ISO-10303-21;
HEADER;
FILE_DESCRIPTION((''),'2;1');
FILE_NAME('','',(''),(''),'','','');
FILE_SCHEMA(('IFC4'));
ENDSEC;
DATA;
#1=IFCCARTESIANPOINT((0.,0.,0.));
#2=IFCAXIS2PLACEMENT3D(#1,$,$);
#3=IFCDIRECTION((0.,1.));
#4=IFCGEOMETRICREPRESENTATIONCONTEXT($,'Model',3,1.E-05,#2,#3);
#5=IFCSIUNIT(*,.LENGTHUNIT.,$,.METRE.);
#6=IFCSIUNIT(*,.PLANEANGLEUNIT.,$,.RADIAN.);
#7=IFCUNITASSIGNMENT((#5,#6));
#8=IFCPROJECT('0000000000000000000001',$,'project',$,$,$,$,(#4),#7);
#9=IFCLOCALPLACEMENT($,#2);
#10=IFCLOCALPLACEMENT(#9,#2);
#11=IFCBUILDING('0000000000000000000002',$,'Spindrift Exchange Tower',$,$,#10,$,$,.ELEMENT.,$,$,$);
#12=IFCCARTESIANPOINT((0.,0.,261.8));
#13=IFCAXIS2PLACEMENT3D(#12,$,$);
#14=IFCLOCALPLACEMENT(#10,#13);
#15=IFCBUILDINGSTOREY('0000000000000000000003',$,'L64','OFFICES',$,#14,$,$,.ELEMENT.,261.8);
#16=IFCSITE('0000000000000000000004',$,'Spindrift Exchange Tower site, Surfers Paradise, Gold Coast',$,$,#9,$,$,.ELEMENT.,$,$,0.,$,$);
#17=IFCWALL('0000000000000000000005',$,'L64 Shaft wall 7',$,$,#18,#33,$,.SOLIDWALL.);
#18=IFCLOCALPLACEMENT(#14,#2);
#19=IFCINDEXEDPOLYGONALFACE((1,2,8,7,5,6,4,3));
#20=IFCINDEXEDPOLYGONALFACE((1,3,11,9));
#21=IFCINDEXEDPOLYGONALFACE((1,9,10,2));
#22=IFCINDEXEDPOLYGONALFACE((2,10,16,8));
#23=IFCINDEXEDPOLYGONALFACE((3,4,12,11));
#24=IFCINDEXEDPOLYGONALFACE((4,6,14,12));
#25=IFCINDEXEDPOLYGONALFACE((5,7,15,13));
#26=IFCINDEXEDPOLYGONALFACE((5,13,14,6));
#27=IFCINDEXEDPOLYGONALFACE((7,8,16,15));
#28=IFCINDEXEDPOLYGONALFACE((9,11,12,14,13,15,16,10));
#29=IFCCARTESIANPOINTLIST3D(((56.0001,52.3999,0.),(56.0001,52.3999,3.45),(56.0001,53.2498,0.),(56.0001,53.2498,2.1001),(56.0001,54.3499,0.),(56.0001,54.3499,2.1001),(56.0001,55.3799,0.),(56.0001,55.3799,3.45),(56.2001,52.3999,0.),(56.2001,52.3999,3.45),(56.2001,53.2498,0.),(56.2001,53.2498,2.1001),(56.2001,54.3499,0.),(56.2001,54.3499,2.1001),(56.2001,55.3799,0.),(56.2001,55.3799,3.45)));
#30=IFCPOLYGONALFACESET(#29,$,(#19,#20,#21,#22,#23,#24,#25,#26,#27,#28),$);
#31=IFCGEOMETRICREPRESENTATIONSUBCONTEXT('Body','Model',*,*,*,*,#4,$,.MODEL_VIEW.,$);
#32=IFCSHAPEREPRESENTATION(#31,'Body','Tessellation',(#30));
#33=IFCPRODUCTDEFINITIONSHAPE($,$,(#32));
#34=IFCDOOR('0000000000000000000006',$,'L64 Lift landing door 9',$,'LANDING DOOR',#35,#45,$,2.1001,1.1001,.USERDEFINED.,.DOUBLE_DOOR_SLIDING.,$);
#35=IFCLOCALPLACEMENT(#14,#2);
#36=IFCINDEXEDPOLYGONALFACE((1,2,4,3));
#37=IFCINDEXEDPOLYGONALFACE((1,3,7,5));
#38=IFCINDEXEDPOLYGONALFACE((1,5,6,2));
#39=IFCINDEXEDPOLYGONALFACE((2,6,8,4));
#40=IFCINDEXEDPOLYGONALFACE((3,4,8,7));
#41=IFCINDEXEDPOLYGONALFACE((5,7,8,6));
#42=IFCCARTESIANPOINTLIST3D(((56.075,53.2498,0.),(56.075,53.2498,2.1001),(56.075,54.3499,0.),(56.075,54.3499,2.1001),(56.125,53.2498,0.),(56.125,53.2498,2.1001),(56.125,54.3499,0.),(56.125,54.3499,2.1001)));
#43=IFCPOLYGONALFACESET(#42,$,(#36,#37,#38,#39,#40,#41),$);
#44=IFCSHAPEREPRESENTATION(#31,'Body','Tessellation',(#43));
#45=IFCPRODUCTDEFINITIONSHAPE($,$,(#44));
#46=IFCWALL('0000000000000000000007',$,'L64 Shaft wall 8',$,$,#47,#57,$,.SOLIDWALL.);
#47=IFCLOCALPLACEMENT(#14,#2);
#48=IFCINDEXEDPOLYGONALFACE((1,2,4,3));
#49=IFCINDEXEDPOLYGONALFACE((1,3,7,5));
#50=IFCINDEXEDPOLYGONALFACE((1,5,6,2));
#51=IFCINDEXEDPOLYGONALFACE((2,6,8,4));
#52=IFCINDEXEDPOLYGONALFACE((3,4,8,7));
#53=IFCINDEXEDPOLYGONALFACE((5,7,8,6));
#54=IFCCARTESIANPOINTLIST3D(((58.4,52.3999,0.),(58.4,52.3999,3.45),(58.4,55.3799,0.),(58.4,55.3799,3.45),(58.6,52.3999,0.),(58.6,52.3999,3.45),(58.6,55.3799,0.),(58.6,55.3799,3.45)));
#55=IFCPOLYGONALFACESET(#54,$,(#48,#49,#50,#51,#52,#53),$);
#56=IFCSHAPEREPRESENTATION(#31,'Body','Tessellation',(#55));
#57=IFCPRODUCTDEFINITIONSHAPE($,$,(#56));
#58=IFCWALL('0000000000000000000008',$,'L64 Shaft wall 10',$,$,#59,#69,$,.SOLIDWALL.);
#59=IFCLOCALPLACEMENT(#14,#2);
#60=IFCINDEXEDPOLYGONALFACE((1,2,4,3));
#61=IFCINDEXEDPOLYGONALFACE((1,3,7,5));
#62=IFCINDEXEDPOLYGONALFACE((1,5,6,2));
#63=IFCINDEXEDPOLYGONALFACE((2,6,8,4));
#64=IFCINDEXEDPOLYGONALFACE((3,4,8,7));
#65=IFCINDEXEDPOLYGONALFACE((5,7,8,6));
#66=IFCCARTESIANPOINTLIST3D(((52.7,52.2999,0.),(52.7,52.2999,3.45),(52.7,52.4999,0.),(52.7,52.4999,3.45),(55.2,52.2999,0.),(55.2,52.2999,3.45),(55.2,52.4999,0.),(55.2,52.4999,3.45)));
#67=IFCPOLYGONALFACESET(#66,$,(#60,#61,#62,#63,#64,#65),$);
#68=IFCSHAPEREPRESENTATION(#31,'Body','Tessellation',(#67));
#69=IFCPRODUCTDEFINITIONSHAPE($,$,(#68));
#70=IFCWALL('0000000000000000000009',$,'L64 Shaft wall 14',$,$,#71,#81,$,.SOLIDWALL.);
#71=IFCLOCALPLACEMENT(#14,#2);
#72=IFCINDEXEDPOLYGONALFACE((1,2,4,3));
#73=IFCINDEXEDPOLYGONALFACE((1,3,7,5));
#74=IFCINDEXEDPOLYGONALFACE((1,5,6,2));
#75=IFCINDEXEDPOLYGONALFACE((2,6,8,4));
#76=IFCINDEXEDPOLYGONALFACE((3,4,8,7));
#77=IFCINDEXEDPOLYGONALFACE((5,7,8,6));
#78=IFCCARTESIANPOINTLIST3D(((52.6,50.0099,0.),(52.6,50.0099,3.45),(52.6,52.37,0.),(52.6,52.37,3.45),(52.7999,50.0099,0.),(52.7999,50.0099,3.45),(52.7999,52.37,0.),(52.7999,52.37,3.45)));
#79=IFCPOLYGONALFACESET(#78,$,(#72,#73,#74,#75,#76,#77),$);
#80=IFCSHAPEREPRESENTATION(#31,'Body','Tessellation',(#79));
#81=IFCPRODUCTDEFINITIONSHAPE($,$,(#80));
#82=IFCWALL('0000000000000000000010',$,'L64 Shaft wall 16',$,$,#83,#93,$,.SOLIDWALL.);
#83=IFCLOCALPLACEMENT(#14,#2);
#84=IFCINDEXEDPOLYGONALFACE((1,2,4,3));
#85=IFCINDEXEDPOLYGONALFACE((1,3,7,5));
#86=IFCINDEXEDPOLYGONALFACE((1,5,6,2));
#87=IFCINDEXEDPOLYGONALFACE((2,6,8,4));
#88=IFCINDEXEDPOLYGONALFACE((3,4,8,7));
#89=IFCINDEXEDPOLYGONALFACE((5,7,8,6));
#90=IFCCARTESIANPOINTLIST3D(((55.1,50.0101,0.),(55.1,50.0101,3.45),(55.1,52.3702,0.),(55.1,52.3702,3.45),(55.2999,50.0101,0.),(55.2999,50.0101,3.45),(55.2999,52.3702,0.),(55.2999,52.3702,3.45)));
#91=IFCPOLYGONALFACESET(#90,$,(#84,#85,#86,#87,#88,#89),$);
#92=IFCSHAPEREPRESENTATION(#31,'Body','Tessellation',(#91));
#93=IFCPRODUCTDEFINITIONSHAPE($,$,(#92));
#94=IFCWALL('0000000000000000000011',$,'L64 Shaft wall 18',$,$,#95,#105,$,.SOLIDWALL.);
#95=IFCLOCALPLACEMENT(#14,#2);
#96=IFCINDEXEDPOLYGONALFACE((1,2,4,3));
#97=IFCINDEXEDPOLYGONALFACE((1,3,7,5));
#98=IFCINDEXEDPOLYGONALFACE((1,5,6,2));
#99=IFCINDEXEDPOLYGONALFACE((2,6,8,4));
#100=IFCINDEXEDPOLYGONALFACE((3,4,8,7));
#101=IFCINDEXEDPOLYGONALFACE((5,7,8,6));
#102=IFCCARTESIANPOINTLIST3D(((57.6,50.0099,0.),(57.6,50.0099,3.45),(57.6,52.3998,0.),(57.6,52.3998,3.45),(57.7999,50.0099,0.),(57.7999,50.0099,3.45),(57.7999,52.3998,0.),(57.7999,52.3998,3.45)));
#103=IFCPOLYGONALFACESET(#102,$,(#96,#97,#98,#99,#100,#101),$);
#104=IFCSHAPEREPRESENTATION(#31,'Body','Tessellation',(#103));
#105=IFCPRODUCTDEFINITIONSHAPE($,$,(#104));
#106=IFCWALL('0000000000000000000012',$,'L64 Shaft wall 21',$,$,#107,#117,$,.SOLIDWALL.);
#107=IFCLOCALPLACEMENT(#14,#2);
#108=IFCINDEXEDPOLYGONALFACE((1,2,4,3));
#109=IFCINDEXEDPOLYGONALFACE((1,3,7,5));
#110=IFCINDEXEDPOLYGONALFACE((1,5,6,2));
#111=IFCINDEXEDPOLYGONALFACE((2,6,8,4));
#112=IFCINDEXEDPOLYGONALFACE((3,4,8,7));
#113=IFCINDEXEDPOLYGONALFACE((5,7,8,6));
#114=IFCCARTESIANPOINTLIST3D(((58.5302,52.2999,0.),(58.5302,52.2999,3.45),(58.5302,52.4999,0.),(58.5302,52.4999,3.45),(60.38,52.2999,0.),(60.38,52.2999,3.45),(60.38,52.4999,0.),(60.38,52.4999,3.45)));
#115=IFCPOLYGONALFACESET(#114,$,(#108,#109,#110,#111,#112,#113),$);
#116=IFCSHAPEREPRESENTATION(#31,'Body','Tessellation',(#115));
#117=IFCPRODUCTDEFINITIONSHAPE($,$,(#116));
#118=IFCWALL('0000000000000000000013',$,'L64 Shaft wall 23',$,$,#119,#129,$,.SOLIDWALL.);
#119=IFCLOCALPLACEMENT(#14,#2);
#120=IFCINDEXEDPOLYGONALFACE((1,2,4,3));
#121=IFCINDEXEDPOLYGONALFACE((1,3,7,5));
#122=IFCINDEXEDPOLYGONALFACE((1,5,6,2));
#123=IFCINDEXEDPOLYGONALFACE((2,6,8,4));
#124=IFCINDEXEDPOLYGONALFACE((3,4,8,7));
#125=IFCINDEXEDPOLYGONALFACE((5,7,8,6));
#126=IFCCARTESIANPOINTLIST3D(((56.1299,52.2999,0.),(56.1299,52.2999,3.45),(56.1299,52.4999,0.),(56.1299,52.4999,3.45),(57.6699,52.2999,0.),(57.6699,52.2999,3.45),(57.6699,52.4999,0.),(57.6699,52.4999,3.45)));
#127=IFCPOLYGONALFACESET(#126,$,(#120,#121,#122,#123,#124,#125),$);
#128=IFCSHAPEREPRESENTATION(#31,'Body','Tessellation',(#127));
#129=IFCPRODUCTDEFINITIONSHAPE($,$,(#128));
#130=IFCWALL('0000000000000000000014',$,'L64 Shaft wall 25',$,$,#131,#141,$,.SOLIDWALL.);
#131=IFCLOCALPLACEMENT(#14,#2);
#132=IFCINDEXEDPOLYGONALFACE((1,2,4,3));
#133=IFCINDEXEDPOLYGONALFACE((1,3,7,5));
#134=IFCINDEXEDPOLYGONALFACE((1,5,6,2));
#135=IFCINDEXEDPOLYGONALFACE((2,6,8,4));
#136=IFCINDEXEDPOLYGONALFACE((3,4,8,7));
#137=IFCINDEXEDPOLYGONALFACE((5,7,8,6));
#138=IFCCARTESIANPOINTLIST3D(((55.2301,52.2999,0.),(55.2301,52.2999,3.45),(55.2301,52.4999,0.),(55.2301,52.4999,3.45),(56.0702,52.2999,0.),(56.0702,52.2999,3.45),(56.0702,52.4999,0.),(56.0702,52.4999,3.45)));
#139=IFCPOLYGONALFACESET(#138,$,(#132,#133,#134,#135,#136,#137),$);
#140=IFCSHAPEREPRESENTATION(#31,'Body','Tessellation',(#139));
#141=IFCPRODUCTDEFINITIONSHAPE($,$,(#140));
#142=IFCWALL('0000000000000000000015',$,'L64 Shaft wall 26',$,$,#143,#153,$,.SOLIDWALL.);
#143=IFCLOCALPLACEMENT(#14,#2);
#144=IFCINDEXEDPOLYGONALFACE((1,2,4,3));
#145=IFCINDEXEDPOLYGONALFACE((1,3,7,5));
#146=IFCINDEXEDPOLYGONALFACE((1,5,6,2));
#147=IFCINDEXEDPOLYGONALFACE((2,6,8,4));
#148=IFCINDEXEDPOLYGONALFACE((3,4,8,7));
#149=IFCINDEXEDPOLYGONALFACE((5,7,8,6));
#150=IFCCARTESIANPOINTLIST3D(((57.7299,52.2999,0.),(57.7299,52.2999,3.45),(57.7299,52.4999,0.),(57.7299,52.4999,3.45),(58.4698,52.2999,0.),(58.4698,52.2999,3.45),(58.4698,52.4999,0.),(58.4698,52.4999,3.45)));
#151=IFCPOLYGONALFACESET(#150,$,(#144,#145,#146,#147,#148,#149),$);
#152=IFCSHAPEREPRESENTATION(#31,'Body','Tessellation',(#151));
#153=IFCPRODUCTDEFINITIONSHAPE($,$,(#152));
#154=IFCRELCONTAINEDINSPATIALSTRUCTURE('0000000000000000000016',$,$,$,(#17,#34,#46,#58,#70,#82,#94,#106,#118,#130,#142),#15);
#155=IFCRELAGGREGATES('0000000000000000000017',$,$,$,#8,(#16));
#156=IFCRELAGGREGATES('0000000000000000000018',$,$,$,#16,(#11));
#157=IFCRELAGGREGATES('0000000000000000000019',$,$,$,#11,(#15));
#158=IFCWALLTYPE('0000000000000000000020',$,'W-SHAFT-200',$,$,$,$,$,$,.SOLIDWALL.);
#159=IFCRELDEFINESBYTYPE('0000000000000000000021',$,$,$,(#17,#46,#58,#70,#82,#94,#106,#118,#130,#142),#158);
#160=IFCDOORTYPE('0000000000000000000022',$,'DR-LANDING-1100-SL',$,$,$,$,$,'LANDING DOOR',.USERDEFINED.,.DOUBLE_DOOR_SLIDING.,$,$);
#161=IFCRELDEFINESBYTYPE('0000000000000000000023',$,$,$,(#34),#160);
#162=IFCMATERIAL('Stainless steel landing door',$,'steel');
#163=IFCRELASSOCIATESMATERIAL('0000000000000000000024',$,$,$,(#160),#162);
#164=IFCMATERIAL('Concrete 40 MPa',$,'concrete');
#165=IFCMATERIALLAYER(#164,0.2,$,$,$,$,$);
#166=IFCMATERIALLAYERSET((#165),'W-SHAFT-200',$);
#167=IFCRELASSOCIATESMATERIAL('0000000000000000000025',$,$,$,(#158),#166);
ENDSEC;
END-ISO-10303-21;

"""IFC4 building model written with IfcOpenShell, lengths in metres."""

from ifc_helpers import new_model, si_unit, direction, frame, frame_2d, origin, place, context, subcontext, project, spatial, rectangle, extrude, source, transform, mapped, material, layer, layer_set, type_object, element, fill, save


model = new_model("IFC4")

# Units and contexts
model_context = context("Model", 3, precision=1e-05, world=origin(), true_north=direction((0.0, 1.0)))
body_context = subcontext(model_context, "Body", "Model", "MODEL_VIEW")
ifc_project = project(units=[si_unit("LENGTHUNIT", "METRE"), si_unit("PLANEANGLEUNIT", "RADIAN")], contexts=[model_context])

# Site, building, storey
site_placement = place(None, origin())
site = spatial("IfcSite", under=ifc_project, at=site_placement, Name="Spindrift Exchange Tower site, Surfers Paradise, Gold Coast", CompositionType="ELEMENT", RefElevation=0.0)
building_placement = place(site_placement, origin())
building = spatial("IfcBuilding", under=site, at=building_placement, Name="Spindrift Exchange Tower", CompositionType="ELEMENT")
storey_placement = place(building_placement, frame((0.0, 0.0, 261.8)))
storey = spatial("IfcBuildingStorey", under=building, at=storey_placement, Name="L64", Description="OFFICES", CompositionType="ELEMENT", Elevation=261.8)

# Shared definitions
ifc_material_1 = material(Name="Stainless steel landing door", Category="steel")
door_type_1 = type_object("IfcDoorType", Name="DR-LANDING-1100-SL", ElementType="LANDING DOOR", OperationType="DOUBLE_DOOR_SLIDING", PredefinedType="USERDEFINED", material=ifc_material_1)
shared_shape_1 = source(origin(), body_context, "Body", "SweptSolid", [
    extrude(rectangle(XDim=1.1001, YDim=2.1001, at=frame_2d((0.55, 1.05))), frame((0.0, 0.0249, 0.0), z_axis=(0.0, -1.0, 0.0), x_axis=(1.0, 0.0, 0.0)), (0.0, 0.0, 1.0), 0.05),
])

# Wall, opening, door
ifc_material_2 = material(Name="Concrete 40 MPa", Category="concrete")
ifc_layer_1 = layer(ifc_material_2, 0.2)
ifc_layer_set_1 = layer_set([ifc_layer_1], Name="W-SHAFT-200")
wall_type_1 = type_object("IfcWallType", Name="W-SHAFT-200", PredefinedType="SOLIDWALL", material=ifc_layer_set_1)
wall_1_placement = place(storey_placement, frame((56.1001, 55.3799, 0.0), z_axis=(0.0, 0.0, 1.0), x_axis=(0.0, -1.0, 0.0)))
wall_1 = element("IfcWall", 1, at=wall_1_placement, inside=storey, type_object=wall_type_1, Name="L64 Shaft wall 7", PredefinedType="SOLIDWALL", context=body_context, shape_type="SweptSolid", body=[
    extrude(rectangle(XDim=2.98, YDim=0.2, at=frame_2d((1.49, 0.0))), origin(), (0.0, 0.0, 1.0), 3.45),
])
opening_1_placement = place(wall_1_placement, frame((1.03, 0.0, 0.0)))
opening_1 = element("IfcOpeningElement", 2, at=opening_1_placement, cuts=wall_1, PredefinedType="OPENING", context=body_context, shape_type="SweptSolid", body=[
    extrude(rectangle(XDim=1.1001, YDim=2.1001, at=frame_2d((0.55, 1.05))), frame((0.0, 0.1099, 0.0), z_axis=(0.0, -1.0, 0.0), x_axis=(1.0, 0.0, 0.0)), (0.0, 0.0, 1.0), 0.22),
])
door_1_placement = place(opening_1_placement, origin())
door_1 = element("IfcDoor", 3, at=door_1_placement, inside=storey, type_object=door_type_1, Name="L64 Lift landing door 9", ObjectType="LANDING DOOR", OperationType="DOUBLE_DOOR_SLIDING", OverallHeight=2.1001, OverallWidth=1.1001, PredefinedType="USERDEFINED", context=body_context, shape_type="MappedRepresentation", body=[
    mapped(shared_shape_1, transform((0.0, 0.0, 0.0), scale=1.0)),
])
fill(opening_1, door_1)

# Walls
wall_2_placement = place(storey_placement, frame((58.5, 52.3999, 0.0), z_axis=(0.0, 0.0, 1.0), x_axis=(0.0, 1.0, 0.0)))
element("IfcWall", 4, at=wall_2_placement, inside=storey, type_object=wall_type_1, Name="L64 Shaft wall 8", PredefinedType="SOLIDWALL", context=body_context, shape_type="SweptSolid", body=[
    extrude(rectangle(XDim=2.98, YDim=0.2, at=frame_2d((1.49, 0.0))), origin(), (0.0, 0.0, 1.0), 3.45),
])
wall_3_placement = place(storey_placement, frame((55.2, 52.3999, 0.0), z_axis=(0.0, 0.0, 1.0), x_axis=(-1.0, 0.0, 0.0)))
element("IfcWall", 5, at=wall_3_placement, inside=storey, type_object=wall_type_1, Name="L64 Shaft wall 10", PredefinedType="SOLIDWALL", context=body_context, shape_type="SweptSolid", body=[
    extrude(rectangle(XDim=2.5, YDim=0.2, at=frame_2d((1.25, 0.0))), origin(), (0.0, 0.0, 1.0), 3.45),
])
for number, where, z_axis, x_axis, name in (
    (6, (52.7, 52.3701, 0.0), (0.0, 0.0, 1.0), (0.0, -1.0, 0.0), "L64 Shaft wall 14"),
    (7, (55.2, 50.01, 0.0), (0.0, 0.0, 1.0), (0.0, 1.0, 0.0), "L64 Shaft wall 16"),
):
    element("IfcWall", number, at=place(storey_placement, frame(where, z_axis=z_axis, x_axis=x_axis)), inside=storey, type_object=wall_type_1, Name=name, PredefinedType="SOLIDWALL", context=body_context, shape_type="SweptSolid", body=[
        extrude(rectangle(XDim=2.3601, YDim=0.2, at=frame_2d((1.1802, 0.0))), origin(), (0.0, 0.0, 1.0), 3.45),
    ])
wall_4_placement = place(storey_placement, frame((57.7, 50.01, 0.0), z_axis=(0.0, 0.0, 1.0), x_axis=(0.0, 1.0, 0.0)))
element("IfcWall", 8, at=wall_4_placement, inside=storey, type_object=wall_type_1, Name="L64 Shaft wall 18", PredefinedType="SOLIDWALL", context=body_context, shape_type="SweptSolid", body=[
    extrude(rectangle(XDim=2.3899, YDim=0.2, at=frame_2d((1.1948, 0.0))), origin(), (0.0, 0.0, 1.0), 3.45),
])
wall_5_placement = place(storey_placement, frame((60.3799, 52.3999, 0.0), z_axis=(0.0, 0.0, 1.0), x_axis=(-1.0, 0.0, 0.0)))
element("IfcWall", 9, at=wall_5_placement, inside=storey, type_object=wall_type_1, Name="L64 Shaft wall 21", PredefinedType="SOLIDWALL", context=body_context, shape_type="SweptSolid", body=[
    extrude(rectangle(XDim=1.8499, YDim=0.2, at=frame_2d((0.9248, 0.0))), origin(), (0.0, 0.0, 1.0), 3.45),
])
wall_6_placement = place(storey_placement, frame((57.6699, 52.3999, 0.0), z_axis=(0.0, 0.0, 1.0), x_axis=(-1.0, 0.0, 0.0)))
element("IfcWall", 10, at=wall_6_placement, inside=storey, type_object=wall_type_1, Name="L64 Shaft wall 23", PredefinedType="SOLIDWALL", context=body_context, shape_type="SweptSolid", body=[
    extrude(rectangle(XDim=1.54, YDim=0.2, at=frame_2d((0.77, 0.0))), origin(), (0.0, 0.0, 1.0), 3.45),
])
wall_7_placement = place(storey_placement, frame((56.0701, 52.3999, 0.0), z_axis=(0.0, 0.0, 1.0), x_axis=(-1.0, 0.0, 0.0)))
element("IfcWall", 11, at=wall_7_placement, inside=storey, type_object=wall_type_1, Name="L64 Shaft wall 25", PredefinedType="SOLIDWALL", context=body_context, shape_type="SweptSolid", body=[
    extrude(rectangle(XDim=0.8401, YDim=0.2, at=frame_2d((0.4199, 0.0))), origin(), (0.0, 0.0, 1.0), 3.45),
])
wall_8_placement = place(storey_placement, frame((58.47, 52.3999, 0.0), z_axis=(0.0, 0.0, 1.0), x_axis=(-1.0, 0.0, 0.0)))
element("IfcWall", 12, at=wall_8_placement, inside=storey, type_object=wall_type_1, Name="L64 Shaft wall 26", PredefinedType="SOLIDWALL", context=body_context, shape_type="SweptSolid", body=[
    extrude(rectangle(XDim=0.74, YDim=0.2, at=frame_2d((0.3701, 0.0))), origin(), (0.0, 0.0, 1.0), 3.45),
])

save(model, "model.ifc")
